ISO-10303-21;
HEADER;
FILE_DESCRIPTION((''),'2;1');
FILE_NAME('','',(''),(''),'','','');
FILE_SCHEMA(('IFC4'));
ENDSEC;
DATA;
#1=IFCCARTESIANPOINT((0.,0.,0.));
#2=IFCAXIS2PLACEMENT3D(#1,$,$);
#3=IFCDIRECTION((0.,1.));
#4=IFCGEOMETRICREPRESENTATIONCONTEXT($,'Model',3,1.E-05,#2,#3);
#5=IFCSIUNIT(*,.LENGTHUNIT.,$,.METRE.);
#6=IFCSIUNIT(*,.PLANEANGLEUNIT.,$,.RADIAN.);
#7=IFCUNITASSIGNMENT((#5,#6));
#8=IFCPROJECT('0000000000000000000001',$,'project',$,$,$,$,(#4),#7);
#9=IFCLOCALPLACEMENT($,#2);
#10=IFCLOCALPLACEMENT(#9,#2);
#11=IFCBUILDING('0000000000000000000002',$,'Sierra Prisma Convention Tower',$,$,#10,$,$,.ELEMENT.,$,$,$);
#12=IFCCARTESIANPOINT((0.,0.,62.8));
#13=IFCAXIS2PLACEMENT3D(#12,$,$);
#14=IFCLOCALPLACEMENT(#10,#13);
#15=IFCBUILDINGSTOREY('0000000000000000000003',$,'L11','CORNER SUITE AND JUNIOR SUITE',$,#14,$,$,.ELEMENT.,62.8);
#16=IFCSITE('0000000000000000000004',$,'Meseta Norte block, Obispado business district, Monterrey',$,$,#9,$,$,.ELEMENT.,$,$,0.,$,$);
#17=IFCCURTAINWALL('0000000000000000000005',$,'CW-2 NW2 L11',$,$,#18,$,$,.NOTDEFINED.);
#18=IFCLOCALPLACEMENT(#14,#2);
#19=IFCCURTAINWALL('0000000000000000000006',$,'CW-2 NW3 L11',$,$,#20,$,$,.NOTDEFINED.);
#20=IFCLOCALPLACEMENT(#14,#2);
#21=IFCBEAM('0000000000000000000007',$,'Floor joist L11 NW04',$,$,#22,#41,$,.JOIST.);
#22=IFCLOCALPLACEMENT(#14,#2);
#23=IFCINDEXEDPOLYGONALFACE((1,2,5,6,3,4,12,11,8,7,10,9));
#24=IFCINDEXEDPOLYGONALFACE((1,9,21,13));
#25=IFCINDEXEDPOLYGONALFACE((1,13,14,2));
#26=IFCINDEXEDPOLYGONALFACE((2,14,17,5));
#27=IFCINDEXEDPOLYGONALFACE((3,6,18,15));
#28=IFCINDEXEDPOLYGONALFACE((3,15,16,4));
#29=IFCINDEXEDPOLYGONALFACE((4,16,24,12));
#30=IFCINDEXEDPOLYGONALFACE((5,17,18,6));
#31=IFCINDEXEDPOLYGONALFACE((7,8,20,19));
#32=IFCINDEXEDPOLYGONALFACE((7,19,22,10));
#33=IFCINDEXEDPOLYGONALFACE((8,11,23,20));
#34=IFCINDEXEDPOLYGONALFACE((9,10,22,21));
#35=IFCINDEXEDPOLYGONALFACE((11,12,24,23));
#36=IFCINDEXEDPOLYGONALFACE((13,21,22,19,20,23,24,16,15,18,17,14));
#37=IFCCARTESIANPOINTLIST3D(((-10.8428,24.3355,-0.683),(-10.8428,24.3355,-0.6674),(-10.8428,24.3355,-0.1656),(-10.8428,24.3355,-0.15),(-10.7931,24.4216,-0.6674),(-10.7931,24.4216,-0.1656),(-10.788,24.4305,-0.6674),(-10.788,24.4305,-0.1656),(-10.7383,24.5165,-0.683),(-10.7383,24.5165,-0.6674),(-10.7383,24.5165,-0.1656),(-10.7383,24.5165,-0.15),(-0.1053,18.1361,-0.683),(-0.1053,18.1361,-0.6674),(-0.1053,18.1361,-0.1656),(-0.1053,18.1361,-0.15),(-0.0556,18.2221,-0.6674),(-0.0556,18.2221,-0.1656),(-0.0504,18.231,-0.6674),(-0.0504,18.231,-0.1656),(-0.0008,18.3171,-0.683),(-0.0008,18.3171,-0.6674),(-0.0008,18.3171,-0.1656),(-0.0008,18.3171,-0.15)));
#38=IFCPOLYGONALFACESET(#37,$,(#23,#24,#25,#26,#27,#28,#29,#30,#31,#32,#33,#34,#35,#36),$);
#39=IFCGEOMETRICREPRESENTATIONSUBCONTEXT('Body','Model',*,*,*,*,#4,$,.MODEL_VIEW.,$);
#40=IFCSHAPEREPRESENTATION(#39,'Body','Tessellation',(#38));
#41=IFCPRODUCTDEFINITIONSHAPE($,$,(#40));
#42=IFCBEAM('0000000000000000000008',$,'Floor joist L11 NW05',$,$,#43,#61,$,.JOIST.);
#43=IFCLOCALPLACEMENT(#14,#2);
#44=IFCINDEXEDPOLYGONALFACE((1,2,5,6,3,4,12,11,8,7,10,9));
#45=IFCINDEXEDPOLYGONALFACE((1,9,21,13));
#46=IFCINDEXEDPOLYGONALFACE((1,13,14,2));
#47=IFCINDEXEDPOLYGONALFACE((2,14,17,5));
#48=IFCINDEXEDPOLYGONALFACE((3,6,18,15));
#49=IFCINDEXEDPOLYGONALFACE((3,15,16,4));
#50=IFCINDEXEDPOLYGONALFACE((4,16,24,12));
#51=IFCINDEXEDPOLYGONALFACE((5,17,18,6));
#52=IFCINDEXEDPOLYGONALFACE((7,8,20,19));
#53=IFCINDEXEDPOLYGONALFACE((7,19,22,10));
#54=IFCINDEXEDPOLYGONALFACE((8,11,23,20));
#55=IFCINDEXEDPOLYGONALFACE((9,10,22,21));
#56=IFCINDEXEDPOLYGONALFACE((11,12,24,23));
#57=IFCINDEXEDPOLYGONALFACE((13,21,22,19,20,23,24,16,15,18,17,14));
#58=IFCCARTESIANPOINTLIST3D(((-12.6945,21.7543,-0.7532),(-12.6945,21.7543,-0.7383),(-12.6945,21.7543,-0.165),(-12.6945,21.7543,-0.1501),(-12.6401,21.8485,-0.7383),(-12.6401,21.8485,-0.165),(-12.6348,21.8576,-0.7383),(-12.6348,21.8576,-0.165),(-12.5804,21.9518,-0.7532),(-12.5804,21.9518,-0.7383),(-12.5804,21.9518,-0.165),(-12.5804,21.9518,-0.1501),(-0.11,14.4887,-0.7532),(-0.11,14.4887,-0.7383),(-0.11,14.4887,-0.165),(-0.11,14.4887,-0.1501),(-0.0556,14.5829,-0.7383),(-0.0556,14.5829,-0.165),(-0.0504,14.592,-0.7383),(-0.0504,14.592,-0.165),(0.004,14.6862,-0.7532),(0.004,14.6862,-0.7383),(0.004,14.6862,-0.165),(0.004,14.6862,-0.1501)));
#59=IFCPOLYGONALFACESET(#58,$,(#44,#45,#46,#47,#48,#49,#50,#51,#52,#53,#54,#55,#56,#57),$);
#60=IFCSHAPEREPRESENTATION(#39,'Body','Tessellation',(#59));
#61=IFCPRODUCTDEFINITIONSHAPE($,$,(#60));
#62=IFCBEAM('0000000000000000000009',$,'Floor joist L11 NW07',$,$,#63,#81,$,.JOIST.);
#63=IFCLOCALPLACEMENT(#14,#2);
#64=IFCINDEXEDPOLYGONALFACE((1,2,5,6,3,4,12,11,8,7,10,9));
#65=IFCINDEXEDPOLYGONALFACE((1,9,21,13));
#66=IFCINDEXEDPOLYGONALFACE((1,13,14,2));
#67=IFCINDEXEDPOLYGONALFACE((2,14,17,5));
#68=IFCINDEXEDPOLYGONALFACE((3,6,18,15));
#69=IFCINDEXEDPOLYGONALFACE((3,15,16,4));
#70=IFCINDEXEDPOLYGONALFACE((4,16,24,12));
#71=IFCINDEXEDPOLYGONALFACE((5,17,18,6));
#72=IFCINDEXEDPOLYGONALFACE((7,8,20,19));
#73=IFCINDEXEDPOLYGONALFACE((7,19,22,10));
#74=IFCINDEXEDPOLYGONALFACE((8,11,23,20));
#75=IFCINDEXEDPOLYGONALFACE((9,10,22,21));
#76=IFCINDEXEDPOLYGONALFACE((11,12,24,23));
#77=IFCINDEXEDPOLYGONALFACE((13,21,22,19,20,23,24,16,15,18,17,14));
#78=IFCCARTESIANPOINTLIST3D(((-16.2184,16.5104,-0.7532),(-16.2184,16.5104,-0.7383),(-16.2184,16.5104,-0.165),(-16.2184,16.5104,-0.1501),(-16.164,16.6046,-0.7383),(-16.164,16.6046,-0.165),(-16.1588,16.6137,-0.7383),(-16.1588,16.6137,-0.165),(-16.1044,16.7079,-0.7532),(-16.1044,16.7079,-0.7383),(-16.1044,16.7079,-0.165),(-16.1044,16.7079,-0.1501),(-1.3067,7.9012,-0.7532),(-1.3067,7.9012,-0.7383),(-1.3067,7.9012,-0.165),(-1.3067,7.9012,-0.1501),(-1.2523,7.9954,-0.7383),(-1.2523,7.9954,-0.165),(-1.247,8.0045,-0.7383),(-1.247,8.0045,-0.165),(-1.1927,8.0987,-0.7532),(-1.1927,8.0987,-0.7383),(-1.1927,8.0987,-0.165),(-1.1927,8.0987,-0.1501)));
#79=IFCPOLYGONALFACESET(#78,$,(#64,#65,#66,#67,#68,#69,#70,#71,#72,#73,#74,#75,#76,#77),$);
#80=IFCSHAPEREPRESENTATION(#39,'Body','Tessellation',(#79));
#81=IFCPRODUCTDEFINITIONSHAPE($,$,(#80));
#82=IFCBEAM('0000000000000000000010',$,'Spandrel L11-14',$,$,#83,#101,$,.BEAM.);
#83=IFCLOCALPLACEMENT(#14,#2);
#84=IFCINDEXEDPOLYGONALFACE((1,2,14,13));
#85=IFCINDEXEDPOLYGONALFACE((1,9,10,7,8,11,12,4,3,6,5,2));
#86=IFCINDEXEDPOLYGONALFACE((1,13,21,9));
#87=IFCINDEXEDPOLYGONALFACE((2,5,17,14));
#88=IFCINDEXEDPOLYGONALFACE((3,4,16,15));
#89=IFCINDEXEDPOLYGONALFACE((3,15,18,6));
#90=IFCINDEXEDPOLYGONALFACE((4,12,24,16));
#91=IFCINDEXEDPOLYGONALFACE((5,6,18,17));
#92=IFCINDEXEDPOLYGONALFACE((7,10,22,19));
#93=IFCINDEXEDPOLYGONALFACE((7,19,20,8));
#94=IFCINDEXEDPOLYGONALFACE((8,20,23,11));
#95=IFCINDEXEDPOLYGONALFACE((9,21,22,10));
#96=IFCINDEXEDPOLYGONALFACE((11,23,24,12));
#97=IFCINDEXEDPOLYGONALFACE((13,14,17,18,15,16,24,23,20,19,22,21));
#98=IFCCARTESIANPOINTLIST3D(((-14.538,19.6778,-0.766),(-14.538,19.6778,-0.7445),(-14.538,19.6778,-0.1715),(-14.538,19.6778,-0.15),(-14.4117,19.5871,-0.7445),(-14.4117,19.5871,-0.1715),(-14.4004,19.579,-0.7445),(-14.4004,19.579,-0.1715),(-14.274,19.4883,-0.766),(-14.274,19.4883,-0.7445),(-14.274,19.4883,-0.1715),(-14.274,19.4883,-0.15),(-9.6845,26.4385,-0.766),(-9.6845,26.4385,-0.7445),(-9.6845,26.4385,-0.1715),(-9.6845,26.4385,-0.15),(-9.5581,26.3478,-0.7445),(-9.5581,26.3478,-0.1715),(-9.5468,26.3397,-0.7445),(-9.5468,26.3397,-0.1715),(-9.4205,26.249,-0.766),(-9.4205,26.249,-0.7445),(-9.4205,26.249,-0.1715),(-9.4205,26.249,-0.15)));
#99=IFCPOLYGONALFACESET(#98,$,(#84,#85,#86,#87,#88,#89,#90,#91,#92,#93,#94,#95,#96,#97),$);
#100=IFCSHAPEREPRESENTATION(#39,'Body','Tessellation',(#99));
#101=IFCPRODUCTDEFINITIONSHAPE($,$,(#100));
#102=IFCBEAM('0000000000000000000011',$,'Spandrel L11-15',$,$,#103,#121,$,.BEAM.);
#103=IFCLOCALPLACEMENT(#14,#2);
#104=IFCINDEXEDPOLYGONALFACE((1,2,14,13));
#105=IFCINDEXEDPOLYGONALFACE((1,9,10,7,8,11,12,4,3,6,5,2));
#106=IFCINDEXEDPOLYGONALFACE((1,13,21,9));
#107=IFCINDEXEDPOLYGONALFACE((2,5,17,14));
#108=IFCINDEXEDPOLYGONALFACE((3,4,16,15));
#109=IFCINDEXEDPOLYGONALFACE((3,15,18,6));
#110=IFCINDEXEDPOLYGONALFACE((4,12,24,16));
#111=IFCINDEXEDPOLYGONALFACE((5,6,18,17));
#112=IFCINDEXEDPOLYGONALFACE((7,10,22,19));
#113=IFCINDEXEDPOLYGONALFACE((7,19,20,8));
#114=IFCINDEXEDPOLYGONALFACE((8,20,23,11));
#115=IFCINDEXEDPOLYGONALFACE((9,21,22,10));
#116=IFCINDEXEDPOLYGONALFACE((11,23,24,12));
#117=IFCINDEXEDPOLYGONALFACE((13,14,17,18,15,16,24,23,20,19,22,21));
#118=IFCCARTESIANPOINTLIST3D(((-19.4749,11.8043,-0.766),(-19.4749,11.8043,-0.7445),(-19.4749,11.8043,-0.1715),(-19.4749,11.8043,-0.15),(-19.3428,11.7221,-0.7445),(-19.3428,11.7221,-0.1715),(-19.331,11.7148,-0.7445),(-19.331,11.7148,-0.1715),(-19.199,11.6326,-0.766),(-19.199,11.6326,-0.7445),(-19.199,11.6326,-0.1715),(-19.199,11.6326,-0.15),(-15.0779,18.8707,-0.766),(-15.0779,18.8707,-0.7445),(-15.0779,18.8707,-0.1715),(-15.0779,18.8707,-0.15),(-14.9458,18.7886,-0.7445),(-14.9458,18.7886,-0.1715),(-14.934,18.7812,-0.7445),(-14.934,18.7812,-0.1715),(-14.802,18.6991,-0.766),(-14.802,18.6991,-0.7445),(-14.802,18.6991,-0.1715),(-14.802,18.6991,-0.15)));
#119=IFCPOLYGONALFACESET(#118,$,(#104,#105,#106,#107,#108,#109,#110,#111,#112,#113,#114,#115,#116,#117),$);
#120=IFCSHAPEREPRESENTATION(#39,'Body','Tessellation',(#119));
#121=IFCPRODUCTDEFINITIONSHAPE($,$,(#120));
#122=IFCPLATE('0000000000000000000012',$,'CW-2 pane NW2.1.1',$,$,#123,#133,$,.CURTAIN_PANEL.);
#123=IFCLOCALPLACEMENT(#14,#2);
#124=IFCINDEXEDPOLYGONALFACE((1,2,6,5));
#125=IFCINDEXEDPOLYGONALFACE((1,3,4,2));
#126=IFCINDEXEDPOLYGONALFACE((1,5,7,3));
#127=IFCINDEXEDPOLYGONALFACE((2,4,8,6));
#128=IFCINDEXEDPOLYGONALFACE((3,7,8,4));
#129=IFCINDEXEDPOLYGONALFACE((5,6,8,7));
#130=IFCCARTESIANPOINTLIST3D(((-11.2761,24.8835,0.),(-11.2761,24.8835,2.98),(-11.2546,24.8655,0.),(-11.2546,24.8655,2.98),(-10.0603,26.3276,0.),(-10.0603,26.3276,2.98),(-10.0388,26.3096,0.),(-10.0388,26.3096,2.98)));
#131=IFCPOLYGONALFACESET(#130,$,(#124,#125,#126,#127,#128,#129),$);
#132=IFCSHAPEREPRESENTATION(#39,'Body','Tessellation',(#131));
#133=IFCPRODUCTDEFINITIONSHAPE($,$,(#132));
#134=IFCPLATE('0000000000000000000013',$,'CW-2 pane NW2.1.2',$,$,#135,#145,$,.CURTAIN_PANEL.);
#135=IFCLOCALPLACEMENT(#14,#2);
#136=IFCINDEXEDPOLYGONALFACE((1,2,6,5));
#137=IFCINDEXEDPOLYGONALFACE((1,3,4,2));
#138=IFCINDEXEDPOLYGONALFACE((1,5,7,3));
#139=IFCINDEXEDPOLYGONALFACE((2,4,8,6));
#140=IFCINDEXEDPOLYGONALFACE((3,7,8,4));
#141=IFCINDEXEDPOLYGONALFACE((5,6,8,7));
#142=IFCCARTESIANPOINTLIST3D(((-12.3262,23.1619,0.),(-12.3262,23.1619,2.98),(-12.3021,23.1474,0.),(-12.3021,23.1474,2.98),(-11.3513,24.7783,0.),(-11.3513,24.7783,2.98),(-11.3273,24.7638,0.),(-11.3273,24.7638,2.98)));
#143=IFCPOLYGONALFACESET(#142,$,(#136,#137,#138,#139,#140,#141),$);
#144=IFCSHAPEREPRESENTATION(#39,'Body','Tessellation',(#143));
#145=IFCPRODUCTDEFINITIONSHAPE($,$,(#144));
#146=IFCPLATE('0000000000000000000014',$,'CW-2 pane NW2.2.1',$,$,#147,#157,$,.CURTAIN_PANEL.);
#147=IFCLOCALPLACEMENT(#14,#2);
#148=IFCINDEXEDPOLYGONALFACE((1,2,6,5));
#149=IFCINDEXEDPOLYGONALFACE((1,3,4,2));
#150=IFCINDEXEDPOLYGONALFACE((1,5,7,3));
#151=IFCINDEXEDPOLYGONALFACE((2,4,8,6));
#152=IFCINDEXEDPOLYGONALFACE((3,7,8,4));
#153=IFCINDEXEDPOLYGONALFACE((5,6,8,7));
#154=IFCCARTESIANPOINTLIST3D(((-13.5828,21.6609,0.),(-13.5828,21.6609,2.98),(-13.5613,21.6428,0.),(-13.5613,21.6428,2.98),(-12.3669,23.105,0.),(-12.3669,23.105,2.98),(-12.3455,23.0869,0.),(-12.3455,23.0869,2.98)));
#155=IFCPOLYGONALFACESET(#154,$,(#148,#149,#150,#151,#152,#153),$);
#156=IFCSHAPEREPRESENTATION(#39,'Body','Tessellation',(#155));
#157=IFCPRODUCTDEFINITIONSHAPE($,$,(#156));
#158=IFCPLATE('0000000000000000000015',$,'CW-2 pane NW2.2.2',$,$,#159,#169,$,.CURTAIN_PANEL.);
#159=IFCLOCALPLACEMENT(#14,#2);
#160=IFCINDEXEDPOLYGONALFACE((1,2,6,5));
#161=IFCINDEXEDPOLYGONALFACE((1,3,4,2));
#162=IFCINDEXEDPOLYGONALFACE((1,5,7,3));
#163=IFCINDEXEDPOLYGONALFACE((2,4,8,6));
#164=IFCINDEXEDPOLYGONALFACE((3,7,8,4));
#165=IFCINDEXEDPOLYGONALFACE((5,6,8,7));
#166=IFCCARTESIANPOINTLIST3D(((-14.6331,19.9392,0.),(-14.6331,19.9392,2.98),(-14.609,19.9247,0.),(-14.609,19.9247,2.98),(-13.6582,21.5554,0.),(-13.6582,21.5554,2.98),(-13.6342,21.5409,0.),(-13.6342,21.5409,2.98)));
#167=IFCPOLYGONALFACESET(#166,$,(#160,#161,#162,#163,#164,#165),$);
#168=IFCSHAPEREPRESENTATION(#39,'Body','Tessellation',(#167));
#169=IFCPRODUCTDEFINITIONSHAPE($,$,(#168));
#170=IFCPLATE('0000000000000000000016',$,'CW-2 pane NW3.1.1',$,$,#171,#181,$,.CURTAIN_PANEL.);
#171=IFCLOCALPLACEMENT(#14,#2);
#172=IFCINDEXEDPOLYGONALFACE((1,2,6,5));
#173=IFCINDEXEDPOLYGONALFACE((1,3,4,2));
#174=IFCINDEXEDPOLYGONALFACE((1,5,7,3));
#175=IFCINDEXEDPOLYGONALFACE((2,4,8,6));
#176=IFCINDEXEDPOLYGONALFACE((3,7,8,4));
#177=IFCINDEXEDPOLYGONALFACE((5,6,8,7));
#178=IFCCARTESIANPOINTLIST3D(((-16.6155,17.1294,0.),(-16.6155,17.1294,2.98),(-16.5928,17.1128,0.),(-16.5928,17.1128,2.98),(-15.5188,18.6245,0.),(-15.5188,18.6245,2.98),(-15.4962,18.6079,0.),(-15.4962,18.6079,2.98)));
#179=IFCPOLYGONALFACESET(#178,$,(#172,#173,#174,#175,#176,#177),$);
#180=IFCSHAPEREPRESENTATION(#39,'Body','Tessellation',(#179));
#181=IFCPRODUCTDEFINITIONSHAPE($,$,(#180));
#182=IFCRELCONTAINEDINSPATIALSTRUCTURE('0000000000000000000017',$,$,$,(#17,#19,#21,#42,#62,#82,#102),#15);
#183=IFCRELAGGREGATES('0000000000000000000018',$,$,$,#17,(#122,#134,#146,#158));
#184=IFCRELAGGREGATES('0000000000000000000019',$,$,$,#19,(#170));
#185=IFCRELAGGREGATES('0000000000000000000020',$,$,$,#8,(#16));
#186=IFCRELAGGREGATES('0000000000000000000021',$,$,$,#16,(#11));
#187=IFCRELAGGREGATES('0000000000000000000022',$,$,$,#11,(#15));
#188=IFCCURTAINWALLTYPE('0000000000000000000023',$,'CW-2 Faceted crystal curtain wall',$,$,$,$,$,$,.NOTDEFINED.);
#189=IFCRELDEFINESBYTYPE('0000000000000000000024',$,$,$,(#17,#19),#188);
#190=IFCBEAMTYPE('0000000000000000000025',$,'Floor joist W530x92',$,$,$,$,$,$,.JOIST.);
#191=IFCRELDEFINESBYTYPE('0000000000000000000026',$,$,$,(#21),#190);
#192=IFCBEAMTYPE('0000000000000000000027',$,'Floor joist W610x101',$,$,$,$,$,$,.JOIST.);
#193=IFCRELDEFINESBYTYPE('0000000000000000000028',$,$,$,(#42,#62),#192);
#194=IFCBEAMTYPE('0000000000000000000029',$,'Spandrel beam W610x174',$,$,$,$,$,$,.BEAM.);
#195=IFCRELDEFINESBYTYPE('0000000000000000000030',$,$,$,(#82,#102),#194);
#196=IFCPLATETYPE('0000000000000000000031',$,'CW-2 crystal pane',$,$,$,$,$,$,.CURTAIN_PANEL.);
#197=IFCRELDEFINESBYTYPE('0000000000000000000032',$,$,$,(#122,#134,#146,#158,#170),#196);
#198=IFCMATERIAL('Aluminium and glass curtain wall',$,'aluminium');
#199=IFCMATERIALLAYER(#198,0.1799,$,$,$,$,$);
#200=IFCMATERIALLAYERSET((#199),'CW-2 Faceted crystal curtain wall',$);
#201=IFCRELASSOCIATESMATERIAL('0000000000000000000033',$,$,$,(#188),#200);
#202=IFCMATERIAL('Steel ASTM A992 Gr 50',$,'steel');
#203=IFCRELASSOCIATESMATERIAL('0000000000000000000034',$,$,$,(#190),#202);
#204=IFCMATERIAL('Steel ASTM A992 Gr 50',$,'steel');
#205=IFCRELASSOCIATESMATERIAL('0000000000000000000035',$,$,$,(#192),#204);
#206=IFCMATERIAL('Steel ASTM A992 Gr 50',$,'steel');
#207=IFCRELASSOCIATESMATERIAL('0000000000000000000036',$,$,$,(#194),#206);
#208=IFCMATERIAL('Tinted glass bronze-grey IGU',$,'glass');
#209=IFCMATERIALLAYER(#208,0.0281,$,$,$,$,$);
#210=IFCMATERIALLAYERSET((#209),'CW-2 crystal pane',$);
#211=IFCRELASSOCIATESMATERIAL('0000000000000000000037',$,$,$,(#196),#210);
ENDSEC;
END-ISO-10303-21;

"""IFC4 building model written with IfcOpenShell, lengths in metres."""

from ifc_helpers import new_model, si_unit, direction, frame, origin, origin_2d, place, context, subcontext, project, spatial, polyline, i_section, outline, extrude, material, layer, layer_set, material_profile, profile_set, type_object, element, aggregate, save


model = new_model("IFC4")

# Units and contexts
model_context = context("Model", 3, precision=1e-05, world=origin(), true_north=direction((0.0, 1.0)))
body_context = subcontext(model_context, "Body", "Model", "MODEL_VIEW")
ifc_project = project(units=[si_unit("LENGTHUNIT", "METRE"), si_unit("PLANEANGLEUNIT", "RADIAN")], contexts=[model_context])

# Site, building, storey
site_placement = place(None, origin())
site = spatial("IfcSite", under=ifc_project, at=site_placement, Name="Meseta Norte block, Obispado business district, Monterrey", CompositionType="ELEMENT", RefElevation=0.0)
building_placement = place(site_placement, origin())
building = spatial("IfcBuilding", under=site, at=building_placement, Name="Sierra Prisma Convention Tower", CompositionType="ELEMENT")
storey_placement = place(building_placement, frame((0.0, 0.0, 62.8)))
storey = spatial("IfcBuildingStorey", under=building, at=storey_placement, Name="L11", Description="CORNER SUITE AND JUNIOR SUITE", CompositionType="ELEMENT", Elevation=62.8)

# Curtain walls
ifc_material_1 = material(Name="Aluminium and glass curtain wall", Category="aluminium")
ifc_layer_1 = layer(ifc_material_1, 0.1799)
ifc_layer_set_1 = layer_set([ifc_layer_1], Name="CW-2 Faceted crystal curtain wall")
curtain_wall_type = type_object("IfcCurtainWallType", Name="CW-2 Faceted crystal curtain wall", PredefinedType="NOTDEFINED", material=ifc_layer_set_1)
curtain_wall_1_placement = place(storey_placement, origin())
curtain_wall_1 = element("IfcCurtainWall", 1, at=curtain_wall_1_placement, inside=storey, type_object=curtain_wall_type, Name="CW-2 NW2 L11", PredefinedType="NOTDEFINED")
curtain_wall_2_placement = place(storey_placement, origin())
curtain_wall_2 = element("IfcCurtainWall", 2, at=curtain_wall_2_placement, inside=storey, type_object=curtain_wall_type, Name="CW-2 NW3 L11", PredefinedType="NOTDEFINED")

# Beams
ifc_material_2 = material(Name="Steel ASTM A992 Gr 50", Category="steel")
ifc_material_profile_1 = material_profile(ifc_material_2, i_section(OverallWidth=0.209, OverallDepth=0.533, WebThickness=0.0103, FlangeThickness=0.0156, at=origin_2d()), Name="W530x92")
ifc_profile_set_1 = profile_set([ifc_material_profile_1], Name="Steel ASTM A992 Gr 50")
beam_type_1 = type_object("IfcBeamType", Name="Floor joist W530x92", PredefinedType="JOIST", material=ifc_profile_set_1)
beam_1_placement = place(storey_placement, frame((-10.7905, 24.426, -0.4165), z_axis=(0.866021, -0.500008, 0.0), x_axis=(0.500008, 0.866021, 0.0)))
element("IfcBeam", 3, at=beam_1_placement, inside=storey, type_object=beam_type_1, Name="Floor joist L11 NW04", PredefinedType="JOIST", context=body_context, shape_type="SweptSolid", body=[
    extrude(i_section(OverallWidth=0.209, OverallDepth=0.533, WebThickness=0.0103, FlangeThickness=0.0156, at=origin_2d()), origin(), (0.0, 0.0, 1.0), 12.3987),
])
ifc_material_3 = material(Name="Steel ASTM A992 Gr 50", Category="steel")
ifc_material_profile_2 = material_profile(ifc_material_3, i_section(OverallWidth=0.228, OverallDepth=0.603, WebThickness=0.0105, FlangeThickness=0.0149, at=origin_2d()), Name="W610x101")
ifc_profile_set_2 = profile_set([ifc_material_profile_2], Name="Steel ASTM A992 Gr 50")
beam_type_2 = type_object("IfcBeamType", Name="Floor joist W610x101", PredefinedType="JOIST", material=ifc_profile_set_2)
beam_2_placement = place(storey_placement, frame((-12.6375, 21.853, -0.4517), z_axis=(0.866026, -0.499999, 0.0), x_axis=(0.499999, 0.866026, 0.0)))
element("IfcBeam", 4, at=beam_2_placement, inside=storey, type_object=beam_type_2, Name="Floor joist L11 NW05", PredefinedType="JOIST", context=body_context, shape_type="SweptSolid", body=[
    extrude(i_section(OverallWidth=0.228, OverallDepth=0.603, WebThickness=0.0105, FlangeThickness=0.0149, at=origin_2d()), origin(), (0.0, 0.0, 1.0), 14.5312),
])
beam_3_placement = place(storey_placement, frame((-16.1614, 16.6091, -0.4517), z_axis=(0.866028, -0.499996, 0.0), x_axis=(0.499996, 0.866028, 0.0)))
element("IfcBeam", 5, at=beam_3_placement, inside=storey, type_object=beam_type_2, Name="Floor joist L11 NW07", PredefinedType="JOIST", context=body_context, shape_type="SweptSolid", body=[
    extrude(i_section(OverallWidth=0.228, OverallDepth=0.603, WebThickness=0.0105, FlangeThickness=0.0149, at=origin_2d()), origin(), (0.0, 0.0, 1.0), 17.2185),
])
ifc_material_4 = material(Name="Steel ASTM A992 Gr 50", Category="steel")
ifc_material_profile_3 = material_profile(ifc_material_4, i_section(OverallWidth=0.325, OverallDepth=0.616, WebThickness=0.0139, FlangeThickness=0.0215, at=origin_2d()), Name="W610x174")
ifc_profile_set_3 = profile_set([ifc_material_profile_3], Name="Steel ASTM A992 Gr 50")
beam_type_3 = type_object("IfcBeamType", Name="Spandrel beam W610x174", PredefinedType="BEAM", material=ifc_profile_set_3)
beam_4_placement = place(storey_placement, frame((-9.5525, 26.3438, -0.458), z_axis=(-0.583179, -0.812344, 0.0), x_axis=(0.812344, -0.583179, 0.0)))
element("IfcBeam", 6, at=beam_4_placement, inside=storey, type_object=beam_type_3, Name="Spandrel L11-14", PredefinedType="BEAM", context=body_context, shape_type="SweptSolid", body=[
    extrude(i_section(OverallWidth=0.325, OverallDepth=0.616, WebThickness=0.0139, FlangeThickness=0.0215, at=origin_2d()), origin(), (0.0, 0.0, 1.0), 8.3225),
])
beam_5_placement = place(storey_placement, frame((-14.9399, 18.7849, -0.458), z_axis=(-0.52831, -0.849051, 0.0), x_axis=(0.849051, -0.52831, 0.0)))
element("IfcBeam", 7, at=beam_5_placement, inside=storey, type_object=beam_type_3, Name="Spandrel L11-15", PredefinedType="BEAM", context=body_context, shape_type="SweptSolid", body=[
    extrude(i_section(OverallWidth=0.325, OverallDepth=0.616, WebThickness=0.0139, FlangeThickness=0.0215, at=origin_2d()), origin(), (0.0, 0.0, 1.0), 8.3228),
])

# Plates
ifc_material_5 = material(Name="Tinted glass bronze-grey IGU", Category="glass")
ifc_layer_2 = layer(ifc_material_5, 0.0281)
ifc_layer_set_2 = layer_set([ifc_layer_2], Name="CW-2 crystal pane")
plate_type = type_object("IfcPlateType", Name="CW-2 crystal pane", PredefinedType="CURTAIN_PANEL", material=ifc_layer_set_2)
plate_1_placement = place(storey_placement, frame((-10.0603, 26.3276, 0.0), z_axis=(-0.764978, 0.644056, 0.0), x_axis=(-0.644056, -0.764978, 0.0)))
plate_1 = element("IfcPlate", 8, at=plate_1_placement, type_object=plate_type, Name="CW-2 pane NW2.1.1", PredefinedType="CURTAIN_PANEL", context=body_context, shape_type="SweptSolid", body=[
    extrude(outline(polyline([(0.0, 0.0), (1.8878, 0.0), (1.8878, 2.98), (0.0, 2.98), (0.0, 0.0)])), origin(), (0.0, 0.0, -1.0), 0.0281),
])
plate_2_placement = place(storey_placement, frame((-12.3262, 23.1619, 0.0), z_axis=(-0.856327, 0.516434, 0.0), x_axis=(0.516434, 0.856327, 0.0)))
plate_2 = element("IfcPlate", 9, at=plate_2_placement, type_object=plate_type, Name="CW-2 pane NW2.1.2", PredefinedType="CURTAIN_PANEL", context=body_context, shape_type="SweptSolid", body=[
    extrude(outline(polyline([(0.0, 0.0), (1.8877, 0.0), (1.8877, -2.98), (0.0, -2.98), (0.0, 0.0)])), origin(), (0.0, 0.0, -1.0), 0.0281),
])
plate_3_placement = place(storey_placement, frame((-12.3669, 23.105, 0.0), z_axis=(-0.764978, 0.644056, 0.0), x_axis=(-0.644056, -0.764978, 0.0)))
plate_3 = element("IfcPlate", 10, at=plate_3_placement, type_object=plate_type, Name="CW-2 pane NW2.2.1", PredefinedType="CURTAIN_PANEL", context=body_context, shape_type="SweptSolid", body=[
    extrude(outline(polyline([(0.0, 0.0), (1.8878, 0.0), (1.8878, 2.98), (0.0, 2.98), (0.0, 0.0)])), origin(), (0.0, 0.0, -1.0), 0.0281),
])
plate_4_placement = place(storey_placement, frame((-14.6331, 19.9392, 0.0), z_axis=(-0.856292, 0.516492, 0.0), x_axis=(0.516492, 0.856292, 0.0)))
plate_4 = element("IfcPlate", 11, at=plate_4_placement, type_object=plate_type, Name="CW-2 pane NW2.2.2", PredefinedType="CURTAIN_PANEL", context=body_context, shape_type="SweptSolid", body=[
    extrude(outline(polyline([(0.0, 0.0), (1.8875, 0.0), (1.8875, -2.98), (0.0, -2.98), (0.0, 0.0)])), origin(), (0.0, 0.0, -1.0), 0.0281),
])
aggregate(curtain_wall_1, [plate_1, plate_2, plate_3, plate_4])
plate_5_placement = place(storey_placement, frame((-15.5188, 18.6245, 0.0), z_axis=(-0.806338, 0.591455, 0.0), x_axis=(-0.591455, -0.806338, 0.0)))
plate_5 = element("IfcPlate", 12, at=plate_5_placement, type_object=plate_type, Name="CW-2 pane NW3.1.1", PredefinedType="CURTAIN_PANEL", context=body_context, shape_type="SweptSolid", body=[
    extrude(outline(polyline([(0.0, 0.0), (1.8542, 0.0), (1.8542, 2.98), (0.0, 2.98), (0.0, 0.0)])), origin(), (0.0, 0.0, -1.0), 0.0281),
])
aggregate(curtain_wall_2, [plate_5])

save(model, "model.ifc")
